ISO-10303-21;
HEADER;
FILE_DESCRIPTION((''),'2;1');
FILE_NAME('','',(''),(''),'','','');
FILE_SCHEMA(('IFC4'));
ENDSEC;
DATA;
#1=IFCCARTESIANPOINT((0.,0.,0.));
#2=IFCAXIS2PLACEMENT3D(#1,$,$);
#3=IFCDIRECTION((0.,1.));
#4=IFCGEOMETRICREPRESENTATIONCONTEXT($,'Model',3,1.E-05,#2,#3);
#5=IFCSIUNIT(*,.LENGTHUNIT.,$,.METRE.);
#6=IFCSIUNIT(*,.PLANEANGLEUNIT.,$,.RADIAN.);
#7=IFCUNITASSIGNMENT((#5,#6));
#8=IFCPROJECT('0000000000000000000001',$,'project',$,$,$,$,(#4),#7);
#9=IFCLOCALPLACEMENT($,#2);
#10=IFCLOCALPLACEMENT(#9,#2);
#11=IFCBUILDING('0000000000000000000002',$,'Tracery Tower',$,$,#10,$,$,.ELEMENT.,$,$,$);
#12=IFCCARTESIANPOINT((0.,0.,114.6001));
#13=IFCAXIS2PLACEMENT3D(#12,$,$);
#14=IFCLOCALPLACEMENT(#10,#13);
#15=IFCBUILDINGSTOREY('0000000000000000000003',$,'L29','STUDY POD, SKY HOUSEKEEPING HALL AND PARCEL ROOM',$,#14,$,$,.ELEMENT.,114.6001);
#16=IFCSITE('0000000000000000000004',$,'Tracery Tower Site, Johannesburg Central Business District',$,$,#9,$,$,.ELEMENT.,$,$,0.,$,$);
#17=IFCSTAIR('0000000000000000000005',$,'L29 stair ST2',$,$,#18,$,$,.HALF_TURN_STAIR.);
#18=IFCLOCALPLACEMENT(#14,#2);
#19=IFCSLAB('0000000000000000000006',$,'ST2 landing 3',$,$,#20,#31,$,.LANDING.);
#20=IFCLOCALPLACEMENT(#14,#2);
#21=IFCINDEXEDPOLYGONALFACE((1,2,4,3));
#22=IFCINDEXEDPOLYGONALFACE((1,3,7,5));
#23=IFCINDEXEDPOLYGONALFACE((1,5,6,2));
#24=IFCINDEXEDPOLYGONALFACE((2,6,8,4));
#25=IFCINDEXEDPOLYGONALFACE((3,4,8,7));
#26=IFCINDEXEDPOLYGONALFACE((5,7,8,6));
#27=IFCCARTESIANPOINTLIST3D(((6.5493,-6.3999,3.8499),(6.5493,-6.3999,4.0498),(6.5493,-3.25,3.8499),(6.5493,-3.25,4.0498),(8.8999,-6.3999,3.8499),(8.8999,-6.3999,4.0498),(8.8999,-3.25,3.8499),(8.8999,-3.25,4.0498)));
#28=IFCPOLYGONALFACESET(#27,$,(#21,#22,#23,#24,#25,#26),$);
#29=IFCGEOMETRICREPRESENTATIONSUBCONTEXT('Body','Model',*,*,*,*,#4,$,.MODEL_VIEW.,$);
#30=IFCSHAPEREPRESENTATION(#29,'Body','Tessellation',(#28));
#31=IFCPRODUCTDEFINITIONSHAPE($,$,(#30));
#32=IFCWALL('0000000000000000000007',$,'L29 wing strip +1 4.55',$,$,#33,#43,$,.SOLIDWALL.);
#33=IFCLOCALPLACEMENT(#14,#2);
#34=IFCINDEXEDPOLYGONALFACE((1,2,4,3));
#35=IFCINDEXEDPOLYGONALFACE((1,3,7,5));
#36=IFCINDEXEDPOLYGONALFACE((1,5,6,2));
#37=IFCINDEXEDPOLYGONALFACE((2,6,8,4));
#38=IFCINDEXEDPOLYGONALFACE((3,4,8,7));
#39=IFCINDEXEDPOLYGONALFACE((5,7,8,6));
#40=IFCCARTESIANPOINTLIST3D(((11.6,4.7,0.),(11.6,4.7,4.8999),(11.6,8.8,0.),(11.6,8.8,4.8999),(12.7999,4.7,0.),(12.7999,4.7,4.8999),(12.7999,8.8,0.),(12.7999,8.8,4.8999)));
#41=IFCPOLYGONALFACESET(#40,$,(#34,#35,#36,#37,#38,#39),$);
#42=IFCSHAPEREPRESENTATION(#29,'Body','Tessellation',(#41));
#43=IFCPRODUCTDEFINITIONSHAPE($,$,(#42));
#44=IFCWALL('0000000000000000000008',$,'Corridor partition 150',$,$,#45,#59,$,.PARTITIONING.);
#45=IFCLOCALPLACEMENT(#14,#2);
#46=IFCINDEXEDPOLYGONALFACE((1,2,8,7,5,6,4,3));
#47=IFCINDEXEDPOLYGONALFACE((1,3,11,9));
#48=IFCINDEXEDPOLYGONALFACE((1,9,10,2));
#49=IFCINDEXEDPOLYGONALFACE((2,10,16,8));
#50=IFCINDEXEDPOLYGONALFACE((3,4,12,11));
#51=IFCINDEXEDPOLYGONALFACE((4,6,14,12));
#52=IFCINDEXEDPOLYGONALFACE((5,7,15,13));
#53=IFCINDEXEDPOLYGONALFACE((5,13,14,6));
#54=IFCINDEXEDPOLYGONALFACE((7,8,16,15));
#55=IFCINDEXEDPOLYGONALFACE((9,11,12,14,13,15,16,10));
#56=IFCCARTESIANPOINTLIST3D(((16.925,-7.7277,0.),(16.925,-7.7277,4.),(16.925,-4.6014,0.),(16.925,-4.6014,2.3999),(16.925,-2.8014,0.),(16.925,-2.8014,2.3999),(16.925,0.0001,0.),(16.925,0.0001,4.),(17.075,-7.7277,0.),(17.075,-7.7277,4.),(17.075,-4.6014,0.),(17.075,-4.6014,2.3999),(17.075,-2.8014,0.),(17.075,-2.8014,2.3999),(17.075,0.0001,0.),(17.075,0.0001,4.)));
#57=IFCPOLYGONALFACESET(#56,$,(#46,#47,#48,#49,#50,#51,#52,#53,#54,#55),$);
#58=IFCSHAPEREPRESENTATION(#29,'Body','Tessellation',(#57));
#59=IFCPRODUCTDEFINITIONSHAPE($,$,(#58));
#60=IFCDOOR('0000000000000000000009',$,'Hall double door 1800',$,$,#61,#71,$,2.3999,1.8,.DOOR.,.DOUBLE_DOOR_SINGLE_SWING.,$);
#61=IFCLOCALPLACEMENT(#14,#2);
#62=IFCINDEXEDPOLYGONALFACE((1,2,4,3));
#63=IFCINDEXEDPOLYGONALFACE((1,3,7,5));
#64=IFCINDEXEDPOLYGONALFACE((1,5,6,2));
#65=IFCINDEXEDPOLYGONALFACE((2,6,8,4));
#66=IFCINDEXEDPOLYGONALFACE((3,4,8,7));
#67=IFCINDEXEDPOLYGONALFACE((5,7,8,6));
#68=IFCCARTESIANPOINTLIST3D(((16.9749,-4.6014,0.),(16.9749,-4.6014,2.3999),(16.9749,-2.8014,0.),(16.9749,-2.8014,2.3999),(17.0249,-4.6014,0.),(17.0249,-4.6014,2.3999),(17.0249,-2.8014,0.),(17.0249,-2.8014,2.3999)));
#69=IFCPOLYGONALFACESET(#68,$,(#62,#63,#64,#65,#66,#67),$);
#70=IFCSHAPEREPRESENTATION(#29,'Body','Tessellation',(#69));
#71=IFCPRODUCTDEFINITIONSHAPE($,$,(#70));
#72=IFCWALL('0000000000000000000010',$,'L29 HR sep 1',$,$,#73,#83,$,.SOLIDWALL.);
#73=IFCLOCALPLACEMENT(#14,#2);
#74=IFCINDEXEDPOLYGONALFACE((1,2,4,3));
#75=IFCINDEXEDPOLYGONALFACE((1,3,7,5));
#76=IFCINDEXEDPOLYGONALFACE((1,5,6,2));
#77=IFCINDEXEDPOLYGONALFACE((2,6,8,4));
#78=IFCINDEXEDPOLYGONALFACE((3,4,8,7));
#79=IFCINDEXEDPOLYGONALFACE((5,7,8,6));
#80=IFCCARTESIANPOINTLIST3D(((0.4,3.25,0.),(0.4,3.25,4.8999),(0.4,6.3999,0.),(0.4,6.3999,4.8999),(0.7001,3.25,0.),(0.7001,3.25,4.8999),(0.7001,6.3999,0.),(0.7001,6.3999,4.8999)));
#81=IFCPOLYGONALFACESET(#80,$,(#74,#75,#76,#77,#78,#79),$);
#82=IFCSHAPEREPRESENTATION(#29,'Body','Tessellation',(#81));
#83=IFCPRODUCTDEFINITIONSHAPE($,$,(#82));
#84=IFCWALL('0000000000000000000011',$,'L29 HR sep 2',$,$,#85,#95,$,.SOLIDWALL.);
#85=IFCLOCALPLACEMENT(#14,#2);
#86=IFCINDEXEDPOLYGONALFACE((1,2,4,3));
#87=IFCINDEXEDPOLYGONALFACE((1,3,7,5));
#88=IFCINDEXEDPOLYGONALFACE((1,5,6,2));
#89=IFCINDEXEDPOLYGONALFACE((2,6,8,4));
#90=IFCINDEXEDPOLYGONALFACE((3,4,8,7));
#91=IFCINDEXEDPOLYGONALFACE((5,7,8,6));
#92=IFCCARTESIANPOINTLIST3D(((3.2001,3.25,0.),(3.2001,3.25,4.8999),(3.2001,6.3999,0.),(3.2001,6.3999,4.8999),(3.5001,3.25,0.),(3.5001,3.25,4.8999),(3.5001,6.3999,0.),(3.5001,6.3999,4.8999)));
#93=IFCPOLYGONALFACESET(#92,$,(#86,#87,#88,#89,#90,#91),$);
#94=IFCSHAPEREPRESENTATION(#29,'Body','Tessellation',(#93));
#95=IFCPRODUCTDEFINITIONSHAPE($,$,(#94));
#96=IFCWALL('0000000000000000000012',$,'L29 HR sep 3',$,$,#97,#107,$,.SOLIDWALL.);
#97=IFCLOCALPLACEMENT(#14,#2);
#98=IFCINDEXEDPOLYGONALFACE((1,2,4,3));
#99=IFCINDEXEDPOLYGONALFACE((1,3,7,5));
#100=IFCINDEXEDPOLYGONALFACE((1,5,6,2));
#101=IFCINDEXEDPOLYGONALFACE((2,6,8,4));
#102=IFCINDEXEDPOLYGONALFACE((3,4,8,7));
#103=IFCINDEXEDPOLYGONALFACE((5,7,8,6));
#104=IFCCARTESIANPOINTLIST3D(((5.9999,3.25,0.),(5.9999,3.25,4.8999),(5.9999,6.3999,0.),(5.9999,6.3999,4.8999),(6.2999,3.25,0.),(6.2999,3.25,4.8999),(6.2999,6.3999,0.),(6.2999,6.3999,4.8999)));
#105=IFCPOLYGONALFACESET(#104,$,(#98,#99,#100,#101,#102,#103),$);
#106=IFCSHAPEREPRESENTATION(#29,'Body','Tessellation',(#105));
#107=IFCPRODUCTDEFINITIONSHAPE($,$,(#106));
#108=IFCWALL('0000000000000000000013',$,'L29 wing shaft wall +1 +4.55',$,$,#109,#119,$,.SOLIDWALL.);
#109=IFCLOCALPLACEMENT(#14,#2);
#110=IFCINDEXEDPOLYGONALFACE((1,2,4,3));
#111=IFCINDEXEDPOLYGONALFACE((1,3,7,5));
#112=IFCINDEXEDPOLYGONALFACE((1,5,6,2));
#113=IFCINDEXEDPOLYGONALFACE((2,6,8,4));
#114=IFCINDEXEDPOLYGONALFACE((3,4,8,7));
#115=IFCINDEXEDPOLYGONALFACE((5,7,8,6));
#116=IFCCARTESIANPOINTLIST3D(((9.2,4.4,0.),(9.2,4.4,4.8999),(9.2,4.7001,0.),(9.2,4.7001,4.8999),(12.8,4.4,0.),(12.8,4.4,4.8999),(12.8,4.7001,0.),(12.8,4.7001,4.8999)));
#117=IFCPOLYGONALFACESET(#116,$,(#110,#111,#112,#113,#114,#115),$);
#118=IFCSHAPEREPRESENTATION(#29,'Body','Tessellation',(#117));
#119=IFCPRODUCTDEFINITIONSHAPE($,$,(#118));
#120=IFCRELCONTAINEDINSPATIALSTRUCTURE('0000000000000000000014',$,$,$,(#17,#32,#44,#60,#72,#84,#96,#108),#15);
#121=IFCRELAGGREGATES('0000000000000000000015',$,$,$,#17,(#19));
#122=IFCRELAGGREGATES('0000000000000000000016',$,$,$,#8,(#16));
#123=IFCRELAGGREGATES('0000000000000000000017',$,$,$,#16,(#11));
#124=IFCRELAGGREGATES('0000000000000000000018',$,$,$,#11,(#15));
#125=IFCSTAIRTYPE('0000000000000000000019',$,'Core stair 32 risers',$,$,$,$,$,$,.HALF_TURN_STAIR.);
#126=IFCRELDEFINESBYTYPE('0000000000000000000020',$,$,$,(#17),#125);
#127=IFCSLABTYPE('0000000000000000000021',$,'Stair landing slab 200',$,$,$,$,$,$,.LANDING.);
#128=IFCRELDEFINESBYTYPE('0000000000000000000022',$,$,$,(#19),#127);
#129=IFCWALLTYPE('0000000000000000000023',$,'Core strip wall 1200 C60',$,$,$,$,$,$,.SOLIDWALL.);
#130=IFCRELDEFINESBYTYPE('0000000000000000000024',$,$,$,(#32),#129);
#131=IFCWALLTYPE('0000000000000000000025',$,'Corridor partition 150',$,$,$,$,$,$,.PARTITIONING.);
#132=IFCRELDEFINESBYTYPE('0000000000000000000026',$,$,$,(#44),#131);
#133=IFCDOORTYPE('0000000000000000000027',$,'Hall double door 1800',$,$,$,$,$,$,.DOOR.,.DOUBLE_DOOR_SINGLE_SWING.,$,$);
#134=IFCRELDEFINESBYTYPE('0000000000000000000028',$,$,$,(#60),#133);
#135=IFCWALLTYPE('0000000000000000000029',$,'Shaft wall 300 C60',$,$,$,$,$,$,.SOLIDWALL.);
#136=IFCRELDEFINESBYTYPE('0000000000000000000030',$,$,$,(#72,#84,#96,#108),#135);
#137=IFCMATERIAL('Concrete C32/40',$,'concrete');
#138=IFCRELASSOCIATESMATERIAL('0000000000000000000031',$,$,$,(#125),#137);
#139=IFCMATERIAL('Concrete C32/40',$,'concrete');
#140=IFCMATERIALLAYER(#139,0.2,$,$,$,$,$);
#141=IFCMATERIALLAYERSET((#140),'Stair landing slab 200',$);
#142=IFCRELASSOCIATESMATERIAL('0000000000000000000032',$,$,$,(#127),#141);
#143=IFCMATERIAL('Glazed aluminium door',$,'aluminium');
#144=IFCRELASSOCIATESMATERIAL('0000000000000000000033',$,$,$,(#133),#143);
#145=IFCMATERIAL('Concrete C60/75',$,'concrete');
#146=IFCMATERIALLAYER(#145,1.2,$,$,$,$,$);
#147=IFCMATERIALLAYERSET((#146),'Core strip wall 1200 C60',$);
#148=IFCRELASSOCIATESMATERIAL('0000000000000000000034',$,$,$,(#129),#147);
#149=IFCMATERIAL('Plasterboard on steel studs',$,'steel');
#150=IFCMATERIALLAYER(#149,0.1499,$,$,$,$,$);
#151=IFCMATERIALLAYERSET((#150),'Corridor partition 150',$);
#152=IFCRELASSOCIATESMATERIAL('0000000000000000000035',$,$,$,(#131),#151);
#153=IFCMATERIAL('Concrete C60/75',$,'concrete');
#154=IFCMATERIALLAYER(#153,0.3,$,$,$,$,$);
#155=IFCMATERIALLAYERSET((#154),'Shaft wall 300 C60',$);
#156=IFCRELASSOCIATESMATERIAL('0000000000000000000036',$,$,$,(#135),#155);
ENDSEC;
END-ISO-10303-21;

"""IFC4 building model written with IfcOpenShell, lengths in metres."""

from ifc_helpers import new_model, si_unit, direction, frame, frame_2d, origin, place, context, subcontext, project, spatial, polyline, rectangle, outline, extrude, material, layer, layer_set, type_object, element, fill, aggregate, save


model = new_model("IFC4")

# Units and contexts
model_context = context("Model", 3, precision=1e-05, world=origin(), true_north=direction((0.0, 1.0)))
body_context = subcontext(model_context, "Body", "Model", "MODEL_VIEW")
ifc_project = project(units=[si_unit("LENGTHUNIT", "METRE"), si_unit("PLANEANGLEUNIT", "RADIAN")], contexts=[model_context])

# Site, building, storey
site_placement = place(None, origin())
site = spatial("IfcSite", under=ifc_project, at=site_placement, Name="Tracery Tower Site, Johannesburg Central Business District", CompositionType="ELEMENT", RefElevation=0.0)
building_placement = place(site_placement, origin())
building = spatial("IfcBuilding", under=site, at=building_placement, Name="Tracery Tower", CompositionType="ELEMENT")
storey_placement = place(building_placement, frame((0.0, 0.0, 114.6001)))
storey = spatial("IfcBuildingStorey", under=building, at=storey_placement, Name="L29", Description="STUDY POD, SKY HOUSEKEEPING HALL AND PARCEL ROOM", CompositionType="ELEMENT", Elevation=114.6001)

# Stair, slab
ifc_material_1 = material(Name="Concrete C32/40", Category="concrete")
stair_type = type_object("IfcStairType", Name="Core stair 32 risers", PredefinedType="HALF_TURN_STAIR", material=ifc_material_1)
ifc_material_2 = material(Name="Concrete C32/40", Category="concrete")
ifc_layer_1 = layer(ifc_material_2, 0.2)
ifc_layer_set_1 = layer_set([ifc_layer_1], Name="Stair landing slab 200")
slab_type = type_object("IfcSlabType", Name="Stair landing slab 200", PredefinedType="LANDING", material=ifc_layer_set_1)
stair_1_placement = place(storey_placement, origin())
stair_1 = element("IfcStair", 1, at=stair_1_placement, inside=storey, type_object=stair_type, Name="L29 stair ST2", PredefinedType="HALF_TURN_STAIR")
slab_1_placement = place(storey_placement, frame((0.0, 0.0, 3.8499)))
slab_1 = element("IfcSlab", 2, at=slab_1_placement, type_object=slab_type, Name="ST2 landing 3", PredefinedType="LANDING", context=body_context, shape_type="SweptSolid", body=[
    extrude(outline(polyline([(6.5493, -6.3999), (8.8999, -6.3999), (8.8999, -3.25), (6.5493, -3.25), (6.5493, -6.3999)])), origin(), (0.0, 0.0, 1.0), 0.2),
])
aggregate(stair_1, [slab_1])

# Shared definitions
ifc_material_3 = material(Name="Glazed aluminium door", Category="aluminium")
door_type = type_object("IfcDoorType", Name="Hall double door 1800", OperationType="DOUBLE_DOOR_SINGLE_SWING", PredefinedType="DOOR", material=ifc_material_3)

# Wall
ifc_material_4 = material(Name="Concrete C60/75", Category="concrete")
ifc_layer_2 = layer(ifc_material_4, 1.2)
ifc_layer_set_2 = layer_set([ifc_layer_2], Name="Core strip wall 1200 C60")
wall_type_1 = type_object("IfcWallType", Name="Core strip wall 1200 C60", PredefinedType="SOLIDWALL", material=ifc_layer_set_2)
wall_1_placement = place(storey_placement, frame((12.2, 4.7, 0.0), z_axis=(0.0, 0.0, 1.0), x_axis=(0.0, 1.0, 0.0)))
element("IfcWall", 3, at=wall_1_placement, inside=storey, type_object=wall_type_1, Name="L29 wing strip +1 4.55", PredefinedType="SOLIDWALL", context=body_context, shape_type="SweptSolid", body=[
    extrude(rectangle(XDim=4.1001, YDim=1.2, at=frame_2d((2.05, 0.0))), origin(), (0.0, 0.0, 1.0), 4.8999),
])

# Wall, opening, door
ifc_material_5 = material(Name="Plasterboard on steel studs", Category="steel")
ifc_layer_3 = layer(ifc_material_5, 0.1499)
ifc_layer_set_3 = layer_set([ifc_layer_3], Name="Corridor partition 150")
wall_type_2 = type_object("IfcWallType", Name="Corridor partition 150", PredefinedType="PARTITIONING", material=ifc_layer_set_3)
wall_2_placement = place(storey_placement, frame((17.0, 0.0, 0.0), z_axis=(0.0, 0.0, 1.0), x_axis=(0.0, -1.0, 0.0)))
wall_2 = element("IfcWall", 4, at=wall_2_placement, inside=storey, type_object=wall_type_2, Name="Corridor partition 150", PredefinedType="PARTITIONING", context=body_context, shape_type="SweptSolid", body=[
    extrude(rectangle(XDim=7.7278, YDim=0.1499, at=frame_2d((3.8638, 0.0))), origin(), (0.0, 0.0, 1.0), 4.0),
])
opening_1_placement = place(wall_2_placement, frame((2.8015, 0.0, 0.0)))
opening_1 = element("IfcOpeningElement", 5, at=opening_1_placement, cuts=wall_2, PredefinedType="OPENING", context=body_context, shape_type="SweptSolid", body=[
    extrude(rectangle(XDim=1.8, YDim=2.3999, at=frame_2d((0.8999, 1.2))), frame((0.0, 0.075, 0.0), z_axis=(0.0, -1.0, 0.0), x_axis=(1.0, 0.0, 0.0)), (0.0, 0.0, 1.0), 0.1499),
])
door_1_placement = place(opening_1_placement, origin())
door_1 = element("IfcDoor", 6, at=door_1_placement, inside=storey, type_object=door_type, Name="Hall double door 1800", OperationType="DOUBLE_DOOR_SINGLE_SWING", OverallHeight=2.3999, OverallWidth=1.8, PredefinedType="DOOR", context=body_context, shape_type="SweptSolid", body=[
    extrude(rectangle(XDim=1.8, YDim=2.3999, at=frame_2d((0.8999, 1.2))), frame((0.0, 0.0249, 0.0), z_axis=(0.0, -1.0, 0.0), x_axis=(1.0, 0.0, 0.0)), (0.0, 0.0, 1.0), 0.05),
])
fill(opening_1, door_1)

# Walls
ifc_material_6 = material(Name="Concrete C60/75", Category="concrete")
ifc_layer_4 = layer(ifc_material_6, 0.3)
ifc_layer_set_4 = layer_set([ifc_layer_4], Name="Shaft wall 300 C60")
wall_type_3 = type_object("IfcWallType", Name="Shaft wall 300 C60", PredefinedType="SOLIDWALL", material=ifc_layer_set_4)
for number, where, z_axis, x_axis, name in (
    (7, (0.55, 3.25, 0.0), (0.0, 0.0, 1.0), (0.0, 1.0, 0.0), "L29 HR sep 1"),
    (8, (3.3501, 3.25, 0.0), (0.0, 0.0, 1.0), (0.0, 1.0, 0.0), "L29 HR sep 2"),
    (9, (6.1499, 3.25, 0.0), (0.0, 0.0, 1.0), (0.0, 1.0, 0.0), "L29 HR sep 3"),
):
    element("IfcWall", number, at=place(storey_placement, frame(where, z_axis=z_axis, x_axis=x_axis)), inside=storey, type_object=wall_type_3, Name=name, PredefinedType="SOLIDWALL", context=body_context, shape_type="SweptSolid", body=[
        extrude(rectangle(XDim=3.1499, YDim=0.3, at=frame_2d((1.575, 0.0))), origin(), (0.0, 0.0, 1.0), 4.8999),
    ])
wall_3_placement = place(storey_placement, frame((9.2, 4.55, 0.0), z_axis=(0.0, 0.0, 1.0), x_axis=(1.0, 0.0, 0.0)))
element("IfcWall", 10, at=wall_3_placement, inside=storey, type_object=wall_type_3, Name="L29 wing shaft wall +1 +4.55", PredefinedType="SOLIDWALL", context=body_context, shape_type="SweptSolid", body=[
    extrude(rectangle(XDim=3.6001, YDim=0.3, at=frame_2d((1.8, 0.0))), origin(), (0.0, 0.0, 1.0), 4.8999),
])

save(model, "model.ifc")
